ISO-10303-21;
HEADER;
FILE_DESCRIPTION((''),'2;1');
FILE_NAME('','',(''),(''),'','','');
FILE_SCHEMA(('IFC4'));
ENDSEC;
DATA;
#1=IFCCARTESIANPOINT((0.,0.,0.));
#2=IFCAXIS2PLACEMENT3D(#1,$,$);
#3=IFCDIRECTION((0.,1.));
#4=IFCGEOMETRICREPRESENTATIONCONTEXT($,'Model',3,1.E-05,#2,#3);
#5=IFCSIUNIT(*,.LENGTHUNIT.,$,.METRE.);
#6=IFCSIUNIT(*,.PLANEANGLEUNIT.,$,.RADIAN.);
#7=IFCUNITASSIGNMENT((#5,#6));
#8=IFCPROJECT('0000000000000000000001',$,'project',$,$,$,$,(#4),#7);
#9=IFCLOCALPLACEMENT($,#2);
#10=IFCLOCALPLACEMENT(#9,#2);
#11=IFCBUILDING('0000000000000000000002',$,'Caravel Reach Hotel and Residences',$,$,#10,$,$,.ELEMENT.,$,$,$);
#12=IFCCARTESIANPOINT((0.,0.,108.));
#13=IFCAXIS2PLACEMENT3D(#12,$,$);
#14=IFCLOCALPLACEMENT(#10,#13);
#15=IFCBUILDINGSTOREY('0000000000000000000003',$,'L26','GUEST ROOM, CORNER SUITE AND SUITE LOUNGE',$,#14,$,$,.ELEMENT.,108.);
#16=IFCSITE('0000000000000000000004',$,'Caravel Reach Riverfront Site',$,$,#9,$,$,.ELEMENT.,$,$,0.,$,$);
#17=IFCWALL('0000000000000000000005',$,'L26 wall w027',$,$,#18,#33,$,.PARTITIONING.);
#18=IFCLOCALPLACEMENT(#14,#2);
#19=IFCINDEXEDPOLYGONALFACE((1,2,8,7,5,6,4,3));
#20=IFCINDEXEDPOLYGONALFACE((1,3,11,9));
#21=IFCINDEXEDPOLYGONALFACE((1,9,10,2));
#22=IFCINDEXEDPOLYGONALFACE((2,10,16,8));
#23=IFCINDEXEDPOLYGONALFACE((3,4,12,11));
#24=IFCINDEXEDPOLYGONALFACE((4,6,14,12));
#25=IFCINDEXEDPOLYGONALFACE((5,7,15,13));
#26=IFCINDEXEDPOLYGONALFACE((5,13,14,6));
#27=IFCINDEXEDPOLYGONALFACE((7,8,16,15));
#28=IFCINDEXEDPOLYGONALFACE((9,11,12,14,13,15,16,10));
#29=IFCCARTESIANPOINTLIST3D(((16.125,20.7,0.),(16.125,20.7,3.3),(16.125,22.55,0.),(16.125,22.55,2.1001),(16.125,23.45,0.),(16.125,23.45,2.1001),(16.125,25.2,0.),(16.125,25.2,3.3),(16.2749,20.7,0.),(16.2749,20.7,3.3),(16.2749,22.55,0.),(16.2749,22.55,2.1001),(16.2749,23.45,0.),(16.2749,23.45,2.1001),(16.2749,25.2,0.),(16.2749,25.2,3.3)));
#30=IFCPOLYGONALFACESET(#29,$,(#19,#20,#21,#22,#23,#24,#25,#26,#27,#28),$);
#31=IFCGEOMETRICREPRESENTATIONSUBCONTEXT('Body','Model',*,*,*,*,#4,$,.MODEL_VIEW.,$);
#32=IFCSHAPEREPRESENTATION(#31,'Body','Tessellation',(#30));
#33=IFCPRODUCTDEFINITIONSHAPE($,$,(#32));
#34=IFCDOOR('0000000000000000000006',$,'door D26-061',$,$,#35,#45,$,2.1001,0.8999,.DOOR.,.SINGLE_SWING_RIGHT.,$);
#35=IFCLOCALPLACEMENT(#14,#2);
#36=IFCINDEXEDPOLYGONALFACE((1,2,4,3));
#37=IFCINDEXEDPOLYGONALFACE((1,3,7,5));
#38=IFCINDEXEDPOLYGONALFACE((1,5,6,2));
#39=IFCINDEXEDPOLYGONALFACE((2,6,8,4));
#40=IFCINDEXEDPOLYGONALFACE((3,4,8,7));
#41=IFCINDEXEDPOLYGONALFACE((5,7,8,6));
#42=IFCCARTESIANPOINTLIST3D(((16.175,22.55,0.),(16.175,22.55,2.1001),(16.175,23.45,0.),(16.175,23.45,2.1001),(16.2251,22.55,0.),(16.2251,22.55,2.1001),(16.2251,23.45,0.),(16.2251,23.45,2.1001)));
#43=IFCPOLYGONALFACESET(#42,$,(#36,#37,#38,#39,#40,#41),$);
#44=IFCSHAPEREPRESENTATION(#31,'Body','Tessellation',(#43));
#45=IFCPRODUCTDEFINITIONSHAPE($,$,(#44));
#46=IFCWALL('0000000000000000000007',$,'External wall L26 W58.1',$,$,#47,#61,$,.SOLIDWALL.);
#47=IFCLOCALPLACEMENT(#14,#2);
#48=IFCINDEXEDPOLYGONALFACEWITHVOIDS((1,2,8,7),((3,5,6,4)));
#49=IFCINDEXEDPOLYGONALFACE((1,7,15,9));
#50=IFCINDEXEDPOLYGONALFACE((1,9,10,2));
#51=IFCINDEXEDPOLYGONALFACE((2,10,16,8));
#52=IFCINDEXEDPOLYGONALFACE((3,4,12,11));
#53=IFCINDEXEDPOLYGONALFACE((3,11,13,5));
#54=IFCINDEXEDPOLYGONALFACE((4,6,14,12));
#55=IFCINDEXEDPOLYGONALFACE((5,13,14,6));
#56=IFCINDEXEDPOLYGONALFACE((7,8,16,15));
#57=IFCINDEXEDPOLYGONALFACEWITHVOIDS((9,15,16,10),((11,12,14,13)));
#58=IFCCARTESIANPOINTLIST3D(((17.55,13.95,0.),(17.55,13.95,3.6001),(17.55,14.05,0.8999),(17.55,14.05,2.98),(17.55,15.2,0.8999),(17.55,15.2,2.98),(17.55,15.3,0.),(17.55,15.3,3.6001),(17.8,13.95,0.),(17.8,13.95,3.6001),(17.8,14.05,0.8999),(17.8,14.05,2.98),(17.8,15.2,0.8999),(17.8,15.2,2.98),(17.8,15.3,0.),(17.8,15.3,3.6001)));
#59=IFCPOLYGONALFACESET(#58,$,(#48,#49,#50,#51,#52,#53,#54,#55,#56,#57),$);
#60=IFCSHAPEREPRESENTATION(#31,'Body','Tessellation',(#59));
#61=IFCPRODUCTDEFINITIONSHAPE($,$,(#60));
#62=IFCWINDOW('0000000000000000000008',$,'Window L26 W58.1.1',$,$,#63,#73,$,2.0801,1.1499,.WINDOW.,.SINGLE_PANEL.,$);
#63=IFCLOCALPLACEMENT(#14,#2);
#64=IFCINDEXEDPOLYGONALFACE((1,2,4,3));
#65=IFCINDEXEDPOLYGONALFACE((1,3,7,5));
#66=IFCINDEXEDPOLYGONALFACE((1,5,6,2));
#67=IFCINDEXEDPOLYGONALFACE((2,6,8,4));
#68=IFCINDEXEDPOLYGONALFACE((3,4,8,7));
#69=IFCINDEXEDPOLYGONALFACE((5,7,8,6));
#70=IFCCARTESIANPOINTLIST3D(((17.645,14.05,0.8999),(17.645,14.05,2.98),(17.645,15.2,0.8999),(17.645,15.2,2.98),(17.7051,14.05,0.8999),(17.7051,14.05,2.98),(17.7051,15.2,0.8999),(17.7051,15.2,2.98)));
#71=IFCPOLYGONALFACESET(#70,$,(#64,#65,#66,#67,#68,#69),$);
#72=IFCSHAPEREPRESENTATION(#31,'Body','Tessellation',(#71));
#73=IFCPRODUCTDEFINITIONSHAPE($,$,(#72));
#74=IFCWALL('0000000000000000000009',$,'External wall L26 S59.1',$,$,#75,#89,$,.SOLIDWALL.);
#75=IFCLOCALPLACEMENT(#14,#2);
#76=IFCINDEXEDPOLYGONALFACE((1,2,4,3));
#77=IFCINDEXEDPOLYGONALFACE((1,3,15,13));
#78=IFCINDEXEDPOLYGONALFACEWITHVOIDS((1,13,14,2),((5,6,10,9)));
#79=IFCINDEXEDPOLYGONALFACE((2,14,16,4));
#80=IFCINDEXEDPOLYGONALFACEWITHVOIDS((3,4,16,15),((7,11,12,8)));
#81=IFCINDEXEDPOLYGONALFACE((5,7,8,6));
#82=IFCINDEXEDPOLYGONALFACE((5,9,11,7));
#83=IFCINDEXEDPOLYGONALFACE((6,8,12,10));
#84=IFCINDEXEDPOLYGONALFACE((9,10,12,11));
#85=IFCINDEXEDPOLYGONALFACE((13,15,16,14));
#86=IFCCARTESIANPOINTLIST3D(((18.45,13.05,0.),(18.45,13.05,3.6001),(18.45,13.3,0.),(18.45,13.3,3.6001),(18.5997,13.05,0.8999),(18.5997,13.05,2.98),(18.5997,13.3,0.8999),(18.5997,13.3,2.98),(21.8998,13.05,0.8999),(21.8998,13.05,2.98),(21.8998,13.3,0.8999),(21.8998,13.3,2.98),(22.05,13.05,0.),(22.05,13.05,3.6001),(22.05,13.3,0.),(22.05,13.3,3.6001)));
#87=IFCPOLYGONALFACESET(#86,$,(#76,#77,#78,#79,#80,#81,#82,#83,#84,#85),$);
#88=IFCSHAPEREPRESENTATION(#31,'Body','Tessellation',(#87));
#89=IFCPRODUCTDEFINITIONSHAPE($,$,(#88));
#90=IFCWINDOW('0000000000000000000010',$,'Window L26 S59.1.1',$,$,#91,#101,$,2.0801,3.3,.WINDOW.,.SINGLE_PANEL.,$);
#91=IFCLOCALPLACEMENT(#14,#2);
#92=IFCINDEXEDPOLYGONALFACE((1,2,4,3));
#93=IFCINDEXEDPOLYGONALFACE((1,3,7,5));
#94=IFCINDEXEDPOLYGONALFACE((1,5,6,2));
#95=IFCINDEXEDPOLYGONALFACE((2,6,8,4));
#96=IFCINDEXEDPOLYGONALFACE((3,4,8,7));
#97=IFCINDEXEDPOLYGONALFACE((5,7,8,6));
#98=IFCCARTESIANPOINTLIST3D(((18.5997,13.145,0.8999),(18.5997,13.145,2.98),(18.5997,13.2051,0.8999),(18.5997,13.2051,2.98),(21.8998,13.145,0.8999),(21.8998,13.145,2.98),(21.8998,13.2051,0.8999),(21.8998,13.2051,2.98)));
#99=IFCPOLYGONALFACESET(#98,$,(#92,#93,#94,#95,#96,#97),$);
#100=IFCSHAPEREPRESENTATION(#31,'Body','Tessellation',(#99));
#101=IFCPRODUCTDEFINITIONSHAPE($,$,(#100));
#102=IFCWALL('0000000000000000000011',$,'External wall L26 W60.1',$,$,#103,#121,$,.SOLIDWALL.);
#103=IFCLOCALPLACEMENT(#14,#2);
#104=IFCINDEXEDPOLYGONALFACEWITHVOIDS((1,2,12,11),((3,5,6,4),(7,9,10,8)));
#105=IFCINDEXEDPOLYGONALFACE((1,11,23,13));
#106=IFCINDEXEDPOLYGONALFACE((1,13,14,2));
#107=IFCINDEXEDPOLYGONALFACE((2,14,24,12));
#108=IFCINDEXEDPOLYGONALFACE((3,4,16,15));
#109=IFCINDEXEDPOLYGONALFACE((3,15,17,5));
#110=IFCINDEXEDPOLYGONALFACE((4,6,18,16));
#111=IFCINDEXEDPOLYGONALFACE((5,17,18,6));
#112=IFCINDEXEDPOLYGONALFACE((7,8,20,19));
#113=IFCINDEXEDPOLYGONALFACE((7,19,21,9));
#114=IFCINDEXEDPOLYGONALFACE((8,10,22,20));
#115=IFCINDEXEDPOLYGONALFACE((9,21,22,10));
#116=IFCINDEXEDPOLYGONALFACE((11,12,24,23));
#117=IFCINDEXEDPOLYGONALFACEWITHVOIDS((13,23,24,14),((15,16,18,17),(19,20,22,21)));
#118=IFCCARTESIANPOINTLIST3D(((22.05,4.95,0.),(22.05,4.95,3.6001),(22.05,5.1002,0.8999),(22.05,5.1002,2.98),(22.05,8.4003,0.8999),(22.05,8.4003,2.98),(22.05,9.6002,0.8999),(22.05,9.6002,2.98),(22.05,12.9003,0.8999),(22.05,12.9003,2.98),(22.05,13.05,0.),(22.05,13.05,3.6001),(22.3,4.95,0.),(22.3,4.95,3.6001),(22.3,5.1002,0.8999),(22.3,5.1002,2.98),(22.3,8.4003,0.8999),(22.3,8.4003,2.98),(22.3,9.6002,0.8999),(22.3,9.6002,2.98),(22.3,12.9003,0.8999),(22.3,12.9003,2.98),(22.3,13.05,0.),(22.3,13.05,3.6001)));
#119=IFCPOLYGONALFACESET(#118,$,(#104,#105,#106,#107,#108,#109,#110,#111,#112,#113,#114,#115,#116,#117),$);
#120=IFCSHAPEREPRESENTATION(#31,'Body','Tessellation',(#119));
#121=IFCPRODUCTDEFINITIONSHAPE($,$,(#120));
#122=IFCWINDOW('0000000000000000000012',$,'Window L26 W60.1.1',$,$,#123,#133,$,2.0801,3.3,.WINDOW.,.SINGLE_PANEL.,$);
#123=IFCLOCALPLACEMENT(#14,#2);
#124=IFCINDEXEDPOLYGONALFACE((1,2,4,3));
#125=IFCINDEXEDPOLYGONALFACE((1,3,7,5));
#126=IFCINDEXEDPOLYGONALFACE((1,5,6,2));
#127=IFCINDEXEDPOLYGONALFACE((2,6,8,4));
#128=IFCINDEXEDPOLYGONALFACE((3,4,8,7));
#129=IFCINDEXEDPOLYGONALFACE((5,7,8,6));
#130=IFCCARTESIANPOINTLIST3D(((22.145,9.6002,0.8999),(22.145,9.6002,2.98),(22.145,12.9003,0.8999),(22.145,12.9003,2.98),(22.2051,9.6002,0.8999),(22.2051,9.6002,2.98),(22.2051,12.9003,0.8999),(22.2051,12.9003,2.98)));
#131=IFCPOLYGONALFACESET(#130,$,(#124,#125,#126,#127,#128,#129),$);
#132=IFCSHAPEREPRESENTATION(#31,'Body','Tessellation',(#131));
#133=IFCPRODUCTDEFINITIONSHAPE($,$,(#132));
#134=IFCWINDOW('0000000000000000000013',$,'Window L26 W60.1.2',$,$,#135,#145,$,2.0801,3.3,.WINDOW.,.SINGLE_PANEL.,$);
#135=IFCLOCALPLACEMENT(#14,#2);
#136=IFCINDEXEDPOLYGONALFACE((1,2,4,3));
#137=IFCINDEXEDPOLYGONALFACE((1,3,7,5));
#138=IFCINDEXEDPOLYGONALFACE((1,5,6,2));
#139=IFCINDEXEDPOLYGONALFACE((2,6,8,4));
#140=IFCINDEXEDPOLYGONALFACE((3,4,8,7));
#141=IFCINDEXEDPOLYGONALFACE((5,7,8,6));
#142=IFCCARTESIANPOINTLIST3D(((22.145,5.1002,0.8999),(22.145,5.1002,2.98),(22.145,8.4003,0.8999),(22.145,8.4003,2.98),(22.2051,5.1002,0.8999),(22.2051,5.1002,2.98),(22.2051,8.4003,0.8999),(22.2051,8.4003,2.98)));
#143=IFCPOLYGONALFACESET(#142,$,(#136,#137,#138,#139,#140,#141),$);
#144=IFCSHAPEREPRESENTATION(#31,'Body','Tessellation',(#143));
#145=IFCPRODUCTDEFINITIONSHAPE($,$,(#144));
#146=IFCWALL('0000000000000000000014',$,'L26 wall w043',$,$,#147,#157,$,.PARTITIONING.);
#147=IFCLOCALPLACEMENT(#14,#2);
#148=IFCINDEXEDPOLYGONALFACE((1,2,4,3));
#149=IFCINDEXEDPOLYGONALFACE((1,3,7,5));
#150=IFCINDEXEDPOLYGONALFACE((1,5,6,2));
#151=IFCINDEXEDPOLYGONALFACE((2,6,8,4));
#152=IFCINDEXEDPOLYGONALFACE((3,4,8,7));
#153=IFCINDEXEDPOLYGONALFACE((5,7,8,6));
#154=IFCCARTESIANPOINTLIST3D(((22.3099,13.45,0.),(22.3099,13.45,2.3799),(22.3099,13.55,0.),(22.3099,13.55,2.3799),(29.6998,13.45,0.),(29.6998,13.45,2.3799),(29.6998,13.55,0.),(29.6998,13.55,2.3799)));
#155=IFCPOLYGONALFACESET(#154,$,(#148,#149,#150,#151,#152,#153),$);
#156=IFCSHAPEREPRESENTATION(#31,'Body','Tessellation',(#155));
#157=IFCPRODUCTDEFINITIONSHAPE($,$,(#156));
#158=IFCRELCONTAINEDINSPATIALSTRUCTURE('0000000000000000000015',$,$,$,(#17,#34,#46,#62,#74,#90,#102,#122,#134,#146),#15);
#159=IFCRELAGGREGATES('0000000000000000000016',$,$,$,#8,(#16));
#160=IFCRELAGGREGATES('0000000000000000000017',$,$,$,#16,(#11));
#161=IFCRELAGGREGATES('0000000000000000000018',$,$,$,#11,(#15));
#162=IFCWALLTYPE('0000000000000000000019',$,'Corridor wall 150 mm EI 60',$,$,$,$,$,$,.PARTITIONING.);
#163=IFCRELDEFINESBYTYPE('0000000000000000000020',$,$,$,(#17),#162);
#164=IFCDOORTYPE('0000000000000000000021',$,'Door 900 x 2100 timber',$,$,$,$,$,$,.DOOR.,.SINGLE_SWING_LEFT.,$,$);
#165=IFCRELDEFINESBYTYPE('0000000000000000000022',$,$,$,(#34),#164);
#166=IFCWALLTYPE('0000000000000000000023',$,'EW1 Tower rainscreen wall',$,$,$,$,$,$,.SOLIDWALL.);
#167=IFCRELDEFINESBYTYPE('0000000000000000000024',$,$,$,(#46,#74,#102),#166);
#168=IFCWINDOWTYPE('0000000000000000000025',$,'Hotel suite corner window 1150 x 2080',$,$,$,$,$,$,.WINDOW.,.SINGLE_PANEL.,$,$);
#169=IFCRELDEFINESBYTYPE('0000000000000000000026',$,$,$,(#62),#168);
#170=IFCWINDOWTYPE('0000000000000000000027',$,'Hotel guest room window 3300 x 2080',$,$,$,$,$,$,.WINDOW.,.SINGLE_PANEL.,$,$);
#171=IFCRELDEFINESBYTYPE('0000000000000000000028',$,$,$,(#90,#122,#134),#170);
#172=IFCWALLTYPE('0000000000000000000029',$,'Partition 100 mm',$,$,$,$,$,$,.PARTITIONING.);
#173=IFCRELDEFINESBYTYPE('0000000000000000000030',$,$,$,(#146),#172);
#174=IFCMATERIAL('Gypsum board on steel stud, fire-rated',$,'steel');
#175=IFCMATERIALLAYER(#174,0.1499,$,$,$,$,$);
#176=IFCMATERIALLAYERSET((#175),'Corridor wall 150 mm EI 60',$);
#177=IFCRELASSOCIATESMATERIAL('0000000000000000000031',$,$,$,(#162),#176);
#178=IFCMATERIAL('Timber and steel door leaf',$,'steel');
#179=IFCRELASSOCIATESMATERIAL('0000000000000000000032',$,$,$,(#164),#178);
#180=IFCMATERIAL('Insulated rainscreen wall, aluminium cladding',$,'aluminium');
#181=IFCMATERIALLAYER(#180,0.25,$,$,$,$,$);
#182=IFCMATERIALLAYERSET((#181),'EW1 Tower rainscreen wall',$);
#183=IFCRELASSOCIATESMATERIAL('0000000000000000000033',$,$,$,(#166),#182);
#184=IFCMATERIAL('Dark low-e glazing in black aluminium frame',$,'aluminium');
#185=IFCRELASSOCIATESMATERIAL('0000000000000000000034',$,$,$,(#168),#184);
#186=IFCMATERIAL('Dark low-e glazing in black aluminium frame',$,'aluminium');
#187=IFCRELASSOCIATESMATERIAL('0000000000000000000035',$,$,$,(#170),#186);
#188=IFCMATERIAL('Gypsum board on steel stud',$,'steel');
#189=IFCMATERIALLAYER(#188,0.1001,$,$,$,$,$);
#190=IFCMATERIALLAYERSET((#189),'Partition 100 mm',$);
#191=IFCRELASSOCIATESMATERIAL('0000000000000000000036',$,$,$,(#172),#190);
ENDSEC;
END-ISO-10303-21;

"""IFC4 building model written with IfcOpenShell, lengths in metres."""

from ifc_helpers import new_model, si_unit, direction, frame, frame_2d, origin, place, context, subcontext, project, spatial, rectangle, extrude, material, layer, layer_set, type_object, element, fill, save


model = new_model("IFC4")

# Units and contexts
model_context = context("Model", 3, precision=1e-05, world=origin(), true_north=direction((0.0, 1.0)))
body_context = subcontext(model_context, "Body", "Model", "MODEL_VIEW")
ifc_project = project(units=[si_unit("LENGTHUNIT", "METRE"), si_unit("PLANEANGLEUNIT", "RADIAN")], contexts=[model_context])

# Site, building, storey
site_placement = place(None, origin())
site = spatial("IfcSite", under=ifc_project, at=site_placement, Name="Caravel Reach Riverfront Site", CompositionType="ELEMENT", RefElevation=0.0)
building_placement = place(site_placement, origin())
building = spatial("IfcBuilding", under=site, at=building_placement, Name="Caravel Reach Hotel and Residences", CompositionType="ELEMENT")
storey_placement = place(building_placement, frame((0.0, 0.0, 108.0)))
storey = spatial("IfcBuildingStorey", under=building, at=storey_placement, Name="L26", Description="GUEST ROOM, CORNER SUITE AND SUITE LOUNGE", CompositionType="ELEMENT", Elevation=108.0)

# Shared definitions
ifc_material_1 = material(Name="Gypsum board on steel stud, fire-rated", Category="steel")
ifc_layer_1 = layer(ifc_material_1, 0.1499)
ifc_layer_set_1 = layer_set([ifc_layer_1], Name="Corridor wall 150 mm EI 60")
wall_type_1 = type_object("IfcWallType", Name="Corridor wall 150 mm EI 60", PredefinedType="PARTITIONING", material=ifc_layer_set_1)
ifc_material_2 = material(Name="Timber and steel door leaf", Category="steel")
door_type_1 = type_object("IfcDoorType", Name="Door 900 x 2100 timber", OperationType="SINGLE_SWING_LEFT", PredefinedType="DOOR", material=ifc_material_2)

# Wall, opening, door
wall_1_placement = place(storey_placement, frame((16.2, 20.7, 0.0), z_axis=(0.0, 0.0, 1.0), x_axis=(0.0, 1.0, 0.0)))
wall_1 = element("IfcWall", 1, at=wall_1_placement, inside=storey, type_object=wall_type_1, Name="L26 wall w027", PredefinedType="PARTITIONING", context=body_context, shape_type="SweptSolid", body=[
    extrude(rectangle(XDim=4.5, YDim=0.1499, at=frame_2d((2.25, 0.0))), origin(), (0.0, 0.0, 1.0), 3.3),
])
opening_1_placement = place(wall_1_placement, frame((1.8501, 0.0, 0.0)))
opening_1 = element("IfcOpeningElement", 2, at=opening_1_placement, cuts=wall_1, PredefinedType="OPENING", context=body_context, shape_type="SweptSolid", body=[
    extrude(rectangle(XDim=0.8999, YDim=2.1001, at=frame_2d((0.45, 1.05))), frame((0.0, 0.085, 0.0), z_axis=(0.0, -1.0, 0.0), x_axis=(1.0, 0.0, 0.0)), (0.0, 0.0, 1.0), 0.1699),
])
door_1_placement = place(opening_1_placement, origin())
door_1 = element("IfcDoor", 3, at=door_1_placement, inside=storey, type_object=door_type_1, Name="door D26-061", OperationType="SINGLE_SWING_RIGHT", OverallHeight=2.1001, OverallWidth=0.8999, PredefinedType="DOOR", context=body_context, shape_type="SweptSolid", body=[
    extrude(rectangle(XDim=0.8999, YDim=2.1001, at=frame_2d((0.45, 1.05))), frame((0.0, 0.0249, 0.0), z_axis=(0.0, -1.0, 0.0), x_axis=(1.0, 0.0, 0.0)), (0.0, 0.0, 1.0), 0.05),
])
fill(opening_1, door_1)

# Walls, openings, windows
ifc_material_3 = material(Name="Insulated rainscreen wall, aluminium cladding", Category="aluminium")
ifc_layer_2 = layer(ifc_material_3, 0.25)
ifc_layer_set_2 = layer_set([ifc_layer_2], Name="EW1 Tower rainscreen wall")
wall_type_2 = type_object("IfcWallType", Name="EW1 Tower rainscreen wall", PredefinedType="SOLIDWALL", material=ifc_layer_set_2)
wall_2_placement = place(storey_placement, frame((17.675, 15.3, 0.0), z_axis=(0.0, 0.0, 1.0), x_axis=(0.0, -1.0, 0.0)))
wall_2 = element("IfcWall", 4, at=wall_2_placement, inside=storey, type_object=wall_type_2, Name="External wall L26 W58.1", PredefinedType="SOLIDWALL", context=body_context, shape_type="SweptSolid", body=[
    extrude(rectangle(XDim=1.3501, YDim=0.25, at=frame_2d((0.675, 0.0))), origin(), (0.0, 0.0, 1.0), 3.6001),
])
opening_2_placement = place(wall_2_placement, frame((0.1001, 0.0, 0.8999)))
opening_2 = element("IfcOpeningElement", 5, at=opening_2_placement, cuts=wall_2, PredefinedType="OPENING", context=body_context, shape_type="SweptSolid", body=[
    extrude(rectangle(XDim=1.1499, YDim=2.0801, at=frame_2d((0.575, 1.04))), frame((0.0, 0.135, 0.0), z_axis=(0.0, -1.0, 0.0), x_axis=(1.0, 0.0, 0.0)), (0.0, 0.0, 1.0), 0.27),
])
ifc_material_4 = material(Name="Dark low-e glazing in black aluminium frame", Category="aluminium")
window_type_1 = type_object("IfcWindowType", Name="Hotel suite corner window 1150 x 2080", PartitioningType="SINGLE_PANEL", PredefinedType="WINDOW", material=ifc_material_4)
window_1_placement = place(opening_2_placement, origin())
window_1 = element("IfcWindow", 6, at=window_1_placement, inside=storey, type_object=window_type_1, Name="Window L26 W58.1.1", OverallHeight=2.0801, OverallWidth=1.1499, PartitioningType="SINGLE_PANEL", PredefinedType="WINDOW", context=body_context, shape_type="SweptSolid", body=[
    extrude(rectangle(XDim=1.1499, YDim=2.0801, at=frame_2d((0.575, 1.04))), frame((0.0, 0.03, 0.0), z_axis=(0.0, -1.0, 0.0), x_axis=(1.0, 0.0, 0.0)), (0.0, 0.0, 1.0), 0.0601),
])
fill(opening_2, window_1)
wall_3_placement = place(storey_placement, frame((18.45, 13.175, 0.0), z_axis=(0.0, 0.0, 1.0), x_axis=(1.0, 0.0, 0.0)))
wall_3 = element("IfcWall", 7, at=wall_3_placement, inside=storey, type_object=wall_type_2, Name="External wall L26 S59.1", PredefinedType="SOLIDWALL", context=body_context, shape_type="SweptSolid", body=[
    extrude(rectangle(XDim=3.6001, YDim=0.25, at=frame_2d((1.8, 0.0))), origin(), (0.0, 0.0, 1.0), 3.6001),
])
opening_3_placement = place(wall_3_placement, frame((0.1499, 0.0, 0.8999)))
opening_3 = element("IfcOpeningElement", 8, at=opening_3_placement, cuts=wall_3, PredefinedType="OPENING", context=body_context, shape_type="SweptSolid", body=[
    extrude(rectangle(XDim=3.3, YDim=2.0801, at=frame_2d((1.6499, 1.04))), frame((0.0, 0.135, 0.0), z_axis=(0.0, -1.0, 0.0), x_axis=(1.0, 0.0, 0.0)), (0.0, 0.0, 1.0), 0.27),
])
ifc_material_5 = material(Name="Dark low-e glazing in black aluminium frame", Category="aluminium")
window_type_2 = type_object("IfcWindowType", Name="Hotel guest room window 3300 x 2080", PartitioningType="SINGLE_PANEL", PredefinedType="WINDOW", material=ifc_material_5)
window_2_placement = place(opening_3_placement, origin())
window_2 = element("IfcWindow", 9, at=window_2_placement, inside=storey, type_object=window_type_2, Name="Window L26 S59.1.1", OverallHeight=2.0801, OverallWidth=3.3, PartitioningType="SINGLE_PANEL", PredefinedType="WINDOW", context=body_context, shape_type="SweptSolid", body=[
    extrude(rectangle(XDim=3.3, YDim=2.0801, at=frame_2d((1.6499, 1.04))), frame((0.0, 0.03, 0.0), z_axis=(0.0, -1.0, 0.0), x_axis=(1.0, 0.0, 0.0)), (0.0, 0.0, 1.0), 0.0601),
])
fill(opening_3, window_2)

# Wall, openings, windows
wall_4_placement = place(storey_placement, frame((22.175, 13.05, 0.0), z_axis=(0.0, 0.0, 1.0), x_axis=(0.0, -1.0, 0.0)))
wall_4 = element("IfcWall", 10, at=wall_4_placement, inside=storey, type_object=wall_type_2, Name="External wall L26 W60.1", PredefinedType="SOLIDWALL", context=body_context, shape_type="SweptSolid", body=[
    extrude(rectangle(XDim=8.1001, YDim=0.25, at=frame_2d((4.05, 0.0))), origin(), (0.0, 0.0, 1.0), 3.6001),
])
opening_4_placement = place(wall_4_placement, frame((0.1499, 0.0, 0.8999)))
opening_4 = element("IfcOpeningElement", 11, at=opening_4_placement, cuts=wall_4, PredefinedType="OPENING", context=body_context, shape_type="SweptSolid", body=[
    extrude(rectangle(XDim=3.3, YDim=2.0801, at=frame_2d((1.6499, 1.04))), frame((0.0, 0.135, 0.0), z_axis=(0.0, -1.0, 0.0), x_axis=(1.0, 0.0, 0.0)), (0.0, 0.0, 1.0), 0.27),
])
opening_5_placement = place(wall_4_placement, frame((4.6499, 0.0, 0.8999)))
opening_5 = element("IfcOpeningElement", 12, at=opening_5_placement, cuts=wall_4, PredefinedType="OPENING", context=body_context, shape_type="SweptSolid", body=[
    extrude(rectangle(XDim=3.3, YDim=2.0801, at=frame_2d((1.6499, 1.04))), frame((0.0, 0.135, 0.0), z_axis=(0.0, -1.0, 0.0), x_axis=(1.0, 0.0, 0.0)), (0.0, 0.0, 1.0), 0.27),
])
window_3_placement = place(opening_4_placement, origin())
window_3 = element("IfcWindow", 13, at=window_3_placement, inside=storey, type_object=window_type_2, Name="Window L26 W60.1.1", OverallHeight=2.0801, OverallWidth=3.3, PartitioningType="SINGLE_PANEL", PredefinedType="WINDOW", context=body_context, shape_type="SweptSolid", body=[
    extrude(rectangle(XDim=3.3, YDim=2.0801, at=frame_2d((1.6499, 1.04))), frame((0.0, 0.03, 0.0), z_axis=(0.0, -1.0, 0.0), x_axis=(1.0, 0.0, 0.0)), (0.0, 0.0, 1.0), 0.0601),
])
fill(opening_4, window_3)
window_4_placement = place(opening_5_placement, origin())
window_4 = element("IfcWindow", 14, at=window_4_placement, inside=storey, type_object=window_type_2, Name="Window L26 W60.1.2", OverallHeight=2.0801, OverallWidth=3.3, PartitioningType="SINGLE_PANEL", PredefinedType="WINDOW", context=body_context, shape_type="SweptSolid", body=[
    extrude(rectangle(XDim=3.3, YDim=2.0801, at=frame_2d((1.6499, 1.04))), frame((0.0, 0.03, 0.0), z_axis=(0.0, -1.0, 0.0), x_axis=(1.0, 0.0, 0.0)), (0.0, 0.0, 1.0), 0.0601),
])
fill(opening_5, window_4)

# Wall
ifc_material_6 = material(Name="Gypsum board on steel stud", Category="steel")
ifc_layer_3 = layer(ifc_material_6, 0.1001)
ifc_layer_set_3 = layer_set([ifc_layer_3], Name="Partition 100 mm")
wall_type_3 = type_object("IfcWallType", Name="Partition 100 mm", PredefinedType="PARTITIONING", material=ifc_layer_set_3)
wall_5_placement = place(storey_placement, frame((22.3101, 13.5, 0.0), z_axis=(0.0, 0.0, 1.0), x_axis=(1.0, 0.0, 0.0)))
element("IfcWall", 15, at=wall_5_placement, inside=storey, type_object=wall_type_3, Name="L26 wall w043", PredefinedType="PARTITIONING", context=body_context, shape_type="SweptSolid", body=[
    extrude(rectangle(XDim=7.3899, YDim=0.1001, at=frame_2d((3.6948, 0.0))), origin(), (0.0, 0.0, 1.0), 2.3799),
])

save(model, "model.ifc")
